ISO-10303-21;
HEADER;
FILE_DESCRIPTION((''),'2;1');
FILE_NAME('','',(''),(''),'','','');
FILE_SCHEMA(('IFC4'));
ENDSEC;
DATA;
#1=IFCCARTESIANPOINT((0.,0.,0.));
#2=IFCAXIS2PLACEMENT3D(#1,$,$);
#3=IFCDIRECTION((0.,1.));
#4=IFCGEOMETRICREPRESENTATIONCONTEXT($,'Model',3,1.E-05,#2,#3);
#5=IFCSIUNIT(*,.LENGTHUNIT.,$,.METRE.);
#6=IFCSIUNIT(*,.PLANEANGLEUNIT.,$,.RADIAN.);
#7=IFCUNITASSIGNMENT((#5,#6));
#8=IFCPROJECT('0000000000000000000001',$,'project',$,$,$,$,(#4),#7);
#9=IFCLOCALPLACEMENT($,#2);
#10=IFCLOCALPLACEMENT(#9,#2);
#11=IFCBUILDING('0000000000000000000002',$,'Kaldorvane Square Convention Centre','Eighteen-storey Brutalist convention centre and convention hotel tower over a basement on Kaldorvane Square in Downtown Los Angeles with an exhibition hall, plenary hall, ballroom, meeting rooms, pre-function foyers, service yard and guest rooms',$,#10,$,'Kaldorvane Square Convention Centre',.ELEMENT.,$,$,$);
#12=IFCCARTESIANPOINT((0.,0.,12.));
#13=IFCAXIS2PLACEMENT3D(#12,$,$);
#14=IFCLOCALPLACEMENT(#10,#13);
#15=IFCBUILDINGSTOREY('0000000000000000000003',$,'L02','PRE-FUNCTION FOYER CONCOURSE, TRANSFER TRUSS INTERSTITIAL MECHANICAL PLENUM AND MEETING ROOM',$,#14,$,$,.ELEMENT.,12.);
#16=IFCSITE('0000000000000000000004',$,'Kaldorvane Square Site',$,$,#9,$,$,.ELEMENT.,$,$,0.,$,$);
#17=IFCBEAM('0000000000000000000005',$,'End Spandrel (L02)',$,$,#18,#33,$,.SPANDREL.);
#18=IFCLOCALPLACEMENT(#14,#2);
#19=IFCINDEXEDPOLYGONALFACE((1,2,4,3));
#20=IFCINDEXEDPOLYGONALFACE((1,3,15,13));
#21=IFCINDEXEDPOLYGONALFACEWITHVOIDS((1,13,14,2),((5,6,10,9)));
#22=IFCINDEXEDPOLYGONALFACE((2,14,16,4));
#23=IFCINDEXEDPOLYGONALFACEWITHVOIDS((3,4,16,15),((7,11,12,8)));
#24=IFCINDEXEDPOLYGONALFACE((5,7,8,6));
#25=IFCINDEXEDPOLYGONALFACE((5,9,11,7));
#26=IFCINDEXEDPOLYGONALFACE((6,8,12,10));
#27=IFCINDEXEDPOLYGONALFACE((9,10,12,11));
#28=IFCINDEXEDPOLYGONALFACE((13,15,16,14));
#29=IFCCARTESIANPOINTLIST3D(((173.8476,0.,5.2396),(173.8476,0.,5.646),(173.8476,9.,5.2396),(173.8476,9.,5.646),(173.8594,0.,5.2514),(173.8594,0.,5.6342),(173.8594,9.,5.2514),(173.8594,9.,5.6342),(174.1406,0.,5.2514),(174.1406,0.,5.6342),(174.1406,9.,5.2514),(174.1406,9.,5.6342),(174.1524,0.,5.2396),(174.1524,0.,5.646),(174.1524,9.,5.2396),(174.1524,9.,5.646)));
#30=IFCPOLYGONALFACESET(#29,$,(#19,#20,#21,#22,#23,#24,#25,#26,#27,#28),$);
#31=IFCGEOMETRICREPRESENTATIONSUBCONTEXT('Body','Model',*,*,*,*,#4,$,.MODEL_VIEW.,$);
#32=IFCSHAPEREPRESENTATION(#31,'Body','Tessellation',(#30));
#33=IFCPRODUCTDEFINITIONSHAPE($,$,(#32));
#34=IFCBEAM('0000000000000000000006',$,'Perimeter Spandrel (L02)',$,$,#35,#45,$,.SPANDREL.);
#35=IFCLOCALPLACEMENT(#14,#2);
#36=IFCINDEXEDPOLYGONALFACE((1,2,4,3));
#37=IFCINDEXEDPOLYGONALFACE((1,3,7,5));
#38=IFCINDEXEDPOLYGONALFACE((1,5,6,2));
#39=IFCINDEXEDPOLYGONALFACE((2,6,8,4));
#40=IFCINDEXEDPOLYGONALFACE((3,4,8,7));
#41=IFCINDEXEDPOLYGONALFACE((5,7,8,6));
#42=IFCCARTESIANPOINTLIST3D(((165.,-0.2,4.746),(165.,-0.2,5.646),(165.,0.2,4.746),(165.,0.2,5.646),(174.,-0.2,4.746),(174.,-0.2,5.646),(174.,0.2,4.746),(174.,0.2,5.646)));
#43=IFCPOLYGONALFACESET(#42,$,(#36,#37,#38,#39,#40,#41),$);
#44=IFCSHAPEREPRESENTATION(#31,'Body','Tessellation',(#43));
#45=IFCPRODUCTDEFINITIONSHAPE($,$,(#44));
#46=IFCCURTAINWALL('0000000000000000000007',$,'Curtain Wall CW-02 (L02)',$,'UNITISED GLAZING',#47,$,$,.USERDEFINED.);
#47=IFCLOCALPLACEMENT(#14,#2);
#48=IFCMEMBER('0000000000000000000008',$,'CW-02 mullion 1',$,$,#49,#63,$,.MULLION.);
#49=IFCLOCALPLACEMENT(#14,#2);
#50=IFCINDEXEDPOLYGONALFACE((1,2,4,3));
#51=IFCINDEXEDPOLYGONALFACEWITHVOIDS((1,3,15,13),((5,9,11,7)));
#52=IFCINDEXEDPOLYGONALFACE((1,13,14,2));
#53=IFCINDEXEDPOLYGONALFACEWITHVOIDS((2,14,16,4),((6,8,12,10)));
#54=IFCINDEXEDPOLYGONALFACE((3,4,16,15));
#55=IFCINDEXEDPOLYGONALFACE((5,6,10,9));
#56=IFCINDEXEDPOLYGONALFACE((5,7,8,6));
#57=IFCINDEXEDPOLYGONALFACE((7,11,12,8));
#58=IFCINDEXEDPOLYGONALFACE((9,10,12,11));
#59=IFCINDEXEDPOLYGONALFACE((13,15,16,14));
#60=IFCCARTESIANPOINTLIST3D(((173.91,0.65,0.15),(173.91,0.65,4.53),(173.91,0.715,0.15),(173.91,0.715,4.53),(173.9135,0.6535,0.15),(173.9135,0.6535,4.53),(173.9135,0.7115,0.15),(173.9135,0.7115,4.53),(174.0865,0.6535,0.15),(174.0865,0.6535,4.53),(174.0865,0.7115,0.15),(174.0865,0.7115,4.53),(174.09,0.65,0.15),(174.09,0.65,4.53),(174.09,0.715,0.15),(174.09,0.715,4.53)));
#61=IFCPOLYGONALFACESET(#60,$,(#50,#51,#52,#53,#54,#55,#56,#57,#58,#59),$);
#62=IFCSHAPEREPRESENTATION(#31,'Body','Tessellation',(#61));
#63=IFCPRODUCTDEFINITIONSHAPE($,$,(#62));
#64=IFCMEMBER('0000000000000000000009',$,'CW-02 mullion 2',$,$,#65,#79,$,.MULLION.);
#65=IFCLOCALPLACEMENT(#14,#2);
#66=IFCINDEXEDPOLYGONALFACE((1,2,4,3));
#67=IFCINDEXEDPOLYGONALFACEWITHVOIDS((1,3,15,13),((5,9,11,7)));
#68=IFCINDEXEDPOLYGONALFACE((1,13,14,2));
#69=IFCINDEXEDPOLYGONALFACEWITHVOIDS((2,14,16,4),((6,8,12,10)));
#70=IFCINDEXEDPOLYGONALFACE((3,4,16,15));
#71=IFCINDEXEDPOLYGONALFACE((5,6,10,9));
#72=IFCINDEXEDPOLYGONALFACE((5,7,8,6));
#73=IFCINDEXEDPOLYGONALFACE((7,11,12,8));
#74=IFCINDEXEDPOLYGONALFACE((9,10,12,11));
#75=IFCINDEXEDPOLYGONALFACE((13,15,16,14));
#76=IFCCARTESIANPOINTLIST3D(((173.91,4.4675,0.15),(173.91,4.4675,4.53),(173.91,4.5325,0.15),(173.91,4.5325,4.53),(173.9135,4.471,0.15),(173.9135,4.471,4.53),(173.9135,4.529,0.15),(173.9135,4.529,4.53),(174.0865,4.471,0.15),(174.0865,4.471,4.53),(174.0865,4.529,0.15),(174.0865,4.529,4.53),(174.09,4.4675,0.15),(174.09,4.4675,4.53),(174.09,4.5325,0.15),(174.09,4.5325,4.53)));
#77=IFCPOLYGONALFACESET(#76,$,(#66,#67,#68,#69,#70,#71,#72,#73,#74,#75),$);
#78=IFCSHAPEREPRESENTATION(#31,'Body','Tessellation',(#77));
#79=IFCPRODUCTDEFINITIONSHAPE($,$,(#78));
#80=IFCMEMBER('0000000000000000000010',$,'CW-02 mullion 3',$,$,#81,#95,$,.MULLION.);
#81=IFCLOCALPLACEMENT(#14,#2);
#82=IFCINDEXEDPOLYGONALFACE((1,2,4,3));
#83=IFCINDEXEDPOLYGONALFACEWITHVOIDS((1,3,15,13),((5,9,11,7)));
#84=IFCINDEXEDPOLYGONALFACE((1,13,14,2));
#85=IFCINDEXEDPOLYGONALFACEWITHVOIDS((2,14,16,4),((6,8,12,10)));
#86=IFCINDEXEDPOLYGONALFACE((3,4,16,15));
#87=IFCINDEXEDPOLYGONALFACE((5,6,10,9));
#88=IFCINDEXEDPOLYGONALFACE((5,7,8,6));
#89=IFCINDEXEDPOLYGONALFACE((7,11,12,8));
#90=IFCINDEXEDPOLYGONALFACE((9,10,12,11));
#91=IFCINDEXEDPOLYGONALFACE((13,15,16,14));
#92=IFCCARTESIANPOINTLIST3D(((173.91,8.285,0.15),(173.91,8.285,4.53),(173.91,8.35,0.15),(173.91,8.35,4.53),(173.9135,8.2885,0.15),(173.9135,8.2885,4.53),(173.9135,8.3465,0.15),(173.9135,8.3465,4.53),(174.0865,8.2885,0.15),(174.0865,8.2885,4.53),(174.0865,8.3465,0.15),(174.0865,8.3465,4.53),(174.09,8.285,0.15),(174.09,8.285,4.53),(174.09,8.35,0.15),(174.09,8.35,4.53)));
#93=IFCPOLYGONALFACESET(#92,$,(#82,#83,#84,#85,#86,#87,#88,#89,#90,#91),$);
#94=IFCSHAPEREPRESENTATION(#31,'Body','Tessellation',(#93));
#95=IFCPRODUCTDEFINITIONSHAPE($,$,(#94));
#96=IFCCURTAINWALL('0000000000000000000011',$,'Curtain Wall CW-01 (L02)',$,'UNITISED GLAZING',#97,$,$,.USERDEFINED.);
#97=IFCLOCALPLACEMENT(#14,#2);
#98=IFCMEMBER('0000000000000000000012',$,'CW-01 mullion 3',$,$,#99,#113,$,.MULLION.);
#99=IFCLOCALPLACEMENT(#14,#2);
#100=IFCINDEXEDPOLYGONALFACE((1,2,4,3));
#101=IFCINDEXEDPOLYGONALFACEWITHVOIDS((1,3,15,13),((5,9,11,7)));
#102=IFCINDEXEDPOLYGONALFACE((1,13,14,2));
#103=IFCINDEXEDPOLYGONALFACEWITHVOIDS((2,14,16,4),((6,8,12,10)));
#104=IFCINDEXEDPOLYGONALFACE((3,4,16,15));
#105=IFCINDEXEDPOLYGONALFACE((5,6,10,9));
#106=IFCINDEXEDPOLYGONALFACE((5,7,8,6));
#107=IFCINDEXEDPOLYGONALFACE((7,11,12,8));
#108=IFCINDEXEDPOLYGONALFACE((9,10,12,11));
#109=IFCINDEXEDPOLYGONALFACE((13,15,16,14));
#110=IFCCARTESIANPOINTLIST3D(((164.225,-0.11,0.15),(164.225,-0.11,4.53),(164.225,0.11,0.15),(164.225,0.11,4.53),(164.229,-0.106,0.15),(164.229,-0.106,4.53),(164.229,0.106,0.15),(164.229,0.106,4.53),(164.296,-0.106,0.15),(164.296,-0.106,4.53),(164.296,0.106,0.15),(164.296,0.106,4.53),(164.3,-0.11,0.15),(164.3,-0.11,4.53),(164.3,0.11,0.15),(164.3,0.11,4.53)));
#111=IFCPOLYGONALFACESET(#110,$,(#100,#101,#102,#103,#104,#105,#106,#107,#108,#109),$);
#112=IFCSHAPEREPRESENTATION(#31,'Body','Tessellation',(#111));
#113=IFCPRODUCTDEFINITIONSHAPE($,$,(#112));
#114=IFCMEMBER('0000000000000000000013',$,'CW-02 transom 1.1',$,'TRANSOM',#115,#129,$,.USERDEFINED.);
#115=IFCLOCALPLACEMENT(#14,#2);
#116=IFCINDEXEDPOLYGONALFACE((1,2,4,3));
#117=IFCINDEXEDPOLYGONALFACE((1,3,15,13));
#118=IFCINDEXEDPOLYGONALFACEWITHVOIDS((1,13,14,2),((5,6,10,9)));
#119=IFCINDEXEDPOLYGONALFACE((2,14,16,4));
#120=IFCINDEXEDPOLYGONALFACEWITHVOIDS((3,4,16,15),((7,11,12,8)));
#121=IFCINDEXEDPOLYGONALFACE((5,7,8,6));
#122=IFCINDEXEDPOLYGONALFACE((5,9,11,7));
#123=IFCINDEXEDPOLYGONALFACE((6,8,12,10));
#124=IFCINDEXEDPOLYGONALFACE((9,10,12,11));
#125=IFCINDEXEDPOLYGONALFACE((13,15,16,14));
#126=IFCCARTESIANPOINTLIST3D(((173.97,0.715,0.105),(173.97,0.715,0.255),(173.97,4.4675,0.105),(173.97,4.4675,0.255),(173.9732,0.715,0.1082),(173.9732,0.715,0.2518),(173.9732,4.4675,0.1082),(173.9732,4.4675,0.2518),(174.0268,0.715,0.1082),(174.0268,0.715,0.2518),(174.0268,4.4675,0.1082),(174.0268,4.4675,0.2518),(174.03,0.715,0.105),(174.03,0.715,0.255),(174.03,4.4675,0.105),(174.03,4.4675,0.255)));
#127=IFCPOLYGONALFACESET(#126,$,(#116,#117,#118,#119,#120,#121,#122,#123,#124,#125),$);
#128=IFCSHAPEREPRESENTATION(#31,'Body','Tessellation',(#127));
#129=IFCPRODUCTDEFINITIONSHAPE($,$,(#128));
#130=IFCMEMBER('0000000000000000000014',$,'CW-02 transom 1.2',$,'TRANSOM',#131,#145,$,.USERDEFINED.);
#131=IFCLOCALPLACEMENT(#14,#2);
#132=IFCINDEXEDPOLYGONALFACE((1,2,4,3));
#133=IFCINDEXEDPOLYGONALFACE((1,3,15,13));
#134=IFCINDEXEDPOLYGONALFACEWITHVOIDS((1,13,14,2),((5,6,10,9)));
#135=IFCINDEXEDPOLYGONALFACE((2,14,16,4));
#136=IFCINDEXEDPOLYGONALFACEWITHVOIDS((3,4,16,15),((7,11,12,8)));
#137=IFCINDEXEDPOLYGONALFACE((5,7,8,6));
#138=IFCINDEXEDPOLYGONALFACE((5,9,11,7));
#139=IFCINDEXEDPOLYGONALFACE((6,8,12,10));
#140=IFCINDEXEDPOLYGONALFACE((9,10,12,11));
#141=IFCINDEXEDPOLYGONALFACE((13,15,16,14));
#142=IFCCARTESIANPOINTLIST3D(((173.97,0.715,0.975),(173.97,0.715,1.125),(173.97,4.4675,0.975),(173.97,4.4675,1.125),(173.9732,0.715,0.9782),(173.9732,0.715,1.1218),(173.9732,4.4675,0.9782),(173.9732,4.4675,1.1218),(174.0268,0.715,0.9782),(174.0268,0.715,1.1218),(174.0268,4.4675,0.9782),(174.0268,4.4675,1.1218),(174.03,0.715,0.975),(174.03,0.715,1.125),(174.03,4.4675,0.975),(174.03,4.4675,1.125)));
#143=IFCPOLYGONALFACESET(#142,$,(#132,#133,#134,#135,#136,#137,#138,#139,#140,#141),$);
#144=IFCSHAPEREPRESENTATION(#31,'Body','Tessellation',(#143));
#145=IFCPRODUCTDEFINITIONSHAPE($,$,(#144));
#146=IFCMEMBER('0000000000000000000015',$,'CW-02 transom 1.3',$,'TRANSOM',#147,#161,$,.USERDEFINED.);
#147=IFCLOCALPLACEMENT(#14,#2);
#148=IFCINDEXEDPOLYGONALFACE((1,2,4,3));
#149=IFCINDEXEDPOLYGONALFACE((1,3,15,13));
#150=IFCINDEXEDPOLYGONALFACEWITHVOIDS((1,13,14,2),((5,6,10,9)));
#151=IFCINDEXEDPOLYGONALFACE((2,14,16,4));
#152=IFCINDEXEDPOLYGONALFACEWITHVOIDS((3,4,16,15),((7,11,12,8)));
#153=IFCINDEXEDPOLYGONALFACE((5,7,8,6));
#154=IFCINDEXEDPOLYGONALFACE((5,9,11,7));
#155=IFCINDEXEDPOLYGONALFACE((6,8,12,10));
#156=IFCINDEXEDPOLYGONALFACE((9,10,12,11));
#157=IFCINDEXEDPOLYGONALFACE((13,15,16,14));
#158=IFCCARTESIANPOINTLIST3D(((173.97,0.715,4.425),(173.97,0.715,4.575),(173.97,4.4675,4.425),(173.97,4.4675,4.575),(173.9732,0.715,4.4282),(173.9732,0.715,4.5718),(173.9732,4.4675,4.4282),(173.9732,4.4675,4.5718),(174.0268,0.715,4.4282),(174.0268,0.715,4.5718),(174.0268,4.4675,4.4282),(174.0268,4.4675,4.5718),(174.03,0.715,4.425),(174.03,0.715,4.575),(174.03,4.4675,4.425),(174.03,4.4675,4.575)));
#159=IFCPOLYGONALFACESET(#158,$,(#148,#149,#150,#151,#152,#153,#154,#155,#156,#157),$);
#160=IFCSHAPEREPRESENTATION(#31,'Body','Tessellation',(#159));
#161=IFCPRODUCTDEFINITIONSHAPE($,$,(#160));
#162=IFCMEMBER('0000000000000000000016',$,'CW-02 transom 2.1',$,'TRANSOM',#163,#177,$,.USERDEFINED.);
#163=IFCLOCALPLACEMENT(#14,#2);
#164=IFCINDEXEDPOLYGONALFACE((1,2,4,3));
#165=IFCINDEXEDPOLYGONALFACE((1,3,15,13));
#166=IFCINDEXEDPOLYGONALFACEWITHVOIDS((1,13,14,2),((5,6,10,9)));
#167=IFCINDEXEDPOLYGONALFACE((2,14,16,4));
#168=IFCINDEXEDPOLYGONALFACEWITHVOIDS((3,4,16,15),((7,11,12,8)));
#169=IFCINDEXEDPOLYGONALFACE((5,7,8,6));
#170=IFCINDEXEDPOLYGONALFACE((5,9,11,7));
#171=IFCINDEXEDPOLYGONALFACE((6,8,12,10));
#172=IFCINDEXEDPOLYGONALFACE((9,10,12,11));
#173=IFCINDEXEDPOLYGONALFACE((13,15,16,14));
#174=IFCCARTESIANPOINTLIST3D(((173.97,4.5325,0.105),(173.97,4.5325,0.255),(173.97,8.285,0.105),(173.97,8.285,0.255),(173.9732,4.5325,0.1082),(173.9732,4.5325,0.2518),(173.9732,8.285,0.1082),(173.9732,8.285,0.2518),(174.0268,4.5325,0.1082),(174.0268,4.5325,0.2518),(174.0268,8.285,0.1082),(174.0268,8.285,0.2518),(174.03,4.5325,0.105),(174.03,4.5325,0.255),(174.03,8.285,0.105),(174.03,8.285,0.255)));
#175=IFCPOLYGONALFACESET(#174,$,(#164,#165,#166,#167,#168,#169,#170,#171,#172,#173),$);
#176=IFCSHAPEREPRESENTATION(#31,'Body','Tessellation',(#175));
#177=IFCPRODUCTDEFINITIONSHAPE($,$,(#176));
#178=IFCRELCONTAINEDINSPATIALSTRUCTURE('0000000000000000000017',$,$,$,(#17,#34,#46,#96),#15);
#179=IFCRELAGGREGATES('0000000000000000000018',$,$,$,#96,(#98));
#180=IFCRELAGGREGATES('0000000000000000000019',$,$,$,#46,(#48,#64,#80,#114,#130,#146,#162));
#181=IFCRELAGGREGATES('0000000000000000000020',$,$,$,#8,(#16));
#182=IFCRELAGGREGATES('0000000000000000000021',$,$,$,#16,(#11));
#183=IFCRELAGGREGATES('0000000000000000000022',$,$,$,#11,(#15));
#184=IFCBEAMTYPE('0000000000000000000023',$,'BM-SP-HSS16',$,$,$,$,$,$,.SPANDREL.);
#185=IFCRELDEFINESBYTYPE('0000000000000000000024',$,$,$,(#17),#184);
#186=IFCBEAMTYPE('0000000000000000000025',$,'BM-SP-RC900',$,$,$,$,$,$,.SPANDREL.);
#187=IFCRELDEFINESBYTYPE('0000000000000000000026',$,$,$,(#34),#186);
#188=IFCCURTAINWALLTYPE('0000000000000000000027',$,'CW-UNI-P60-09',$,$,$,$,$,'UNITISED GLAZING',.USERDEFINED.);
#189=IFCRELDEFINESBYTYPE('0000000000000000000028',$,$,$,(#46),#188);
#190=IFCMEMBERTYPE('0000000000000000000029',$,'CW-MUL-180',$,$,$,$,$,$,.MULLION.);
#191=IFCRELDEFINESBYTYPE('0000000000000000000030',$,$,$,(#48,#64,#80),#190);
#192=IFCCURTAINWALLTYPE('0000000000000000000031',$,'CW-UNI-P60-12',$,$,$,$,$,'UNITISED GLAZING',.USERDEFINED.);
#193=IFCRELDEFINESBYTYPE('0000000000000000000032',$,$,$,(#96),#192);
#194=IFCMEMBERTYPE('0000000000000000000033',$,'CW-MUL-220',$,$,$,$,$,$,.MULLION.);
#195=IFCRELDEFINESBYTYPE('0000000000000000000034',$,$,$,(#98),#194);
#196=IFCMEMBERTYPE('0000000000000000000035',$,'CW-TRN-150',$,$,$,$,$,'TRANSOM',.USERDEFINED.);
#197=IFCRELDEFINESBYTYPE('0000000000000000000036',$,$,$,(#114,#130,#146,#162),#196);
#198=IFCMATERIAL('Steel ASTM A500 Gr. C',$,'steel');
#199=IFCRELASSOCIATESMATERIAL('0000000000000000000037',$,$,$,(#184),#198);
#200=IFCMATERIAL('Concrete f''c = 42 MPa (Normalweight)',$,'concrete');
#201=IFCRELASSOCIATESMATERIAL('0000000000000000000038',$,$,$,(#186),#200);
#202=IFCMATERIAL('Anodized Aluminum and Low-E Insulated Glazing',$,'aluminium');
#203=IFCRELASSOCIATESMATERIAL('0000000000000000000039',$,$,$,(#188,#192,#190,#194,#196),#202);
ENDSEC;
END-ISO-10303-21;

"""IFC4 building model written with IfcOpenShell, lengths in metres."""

from ifc_helpers import new_model, si_unit, direction, frame, origin, origin_2d, place, context, subcontext, project, spatial, rectangle, hollow_rectangle, extrude, material, material_profile, profile_set, type_object, element, aggregate, save


model = new_model("IFC4")

# Units and contexts
model_context = context("Model", 3, precision=1e-05, world=origin(), true_north=direction((0.0, 1.0)))
body_context = subcontext(model_context, "Body", "Model", "MODEL_VIEW")
ifc_project = project(units=[si_unit("LENGTHUNIT", "METRE"), si_unit("PLANEANGLEUNIT", "RADIAN")], contexts=[model_context])

# Site, building, storey
site_placement = place(None, origin())
site = spatial("IfcSite", under=ifc_project, at=site_placement, Name="Kaldorvane Square Site", CompositionType="ELEMENT", RefElevation=0.0)
building_placement = place(site_placement, origin())
building = spatial("IfcBuilding", under=site, at=building_placement, Name="Kaldorvane Square Convention Centre", Description="Eighteen-storey Brutalist convention centre and convention hotel tower over a basement on Kaldorvane Square in Downtown Los Angeles with an exhibition hall, plenary hall, ballroom, meeting rooms, pre-function foyers, service yard and guest rooms", LongName="Kaldorvane Square Convention Centre", CompositionType="ELEMENT")
storey_placement = place(building_placement, frame((0.0, 0.0, 12.0)))
storey = spatial("IfcBuildingStorey", under=building, at=storey_placement, Name="L02", Description="PRE-FUNCTION FOYER CONCOURSE, TRANSFER TRUSS INTERSTITIAL MECHANICAL PLENUM AND MEETING ROOM", CompositionType="ELEMENT", Elevation=12.0)

# Beams
ifc_material_1 = material(Name="Steel ASTM A500 Gr. C", Category="steel")
ifc_material_profile_1 = material_profile(ifc_material_1, hollow_rectangle(XDim=0.3048, YDim=0.4064, WallThickness=0.0118, at=origin_2d()), Name="HSS16X12X1/2")
ifc_profile_set_1 = profile_set([ifc_material_profile_1], Name="Steel ASTM A500 Gr. C")
beam_type_1 = type_object("IfcBeamType", Name="BM-SP-HSS16", PredefinedType="SPANDREL", material=ifc_profile_set_1)
beam_1_placement = place(storey_placement, frame((174.0, 0.0, 5.4428), z_axis=(0.0, 1.0, 0.0), x_axis=(-1.0, 0.0, 0.0)))
element("IfcBeam", 1, at=beam_1_placement, inside=storey, type_object=beam_type_1, Name="End Spandrel (L02)", PredefinedType="SPANDREL", context=body_context, shape_type="SweptSolid", body=[
    extrude(hollow_rectangle(XDim=0.3048, YDim=0.4064, WallThickness=0.0118, at=origin_2d()), origin(), (0.0, 0.0, 1.0), 9.0),
])
ifc_material_2 = material(Name="Concrete f'c = 42 MPa (Normalweight)", Category="concrete")
ifc_material_profile_2 = material_profile(ifc_material_2, rectangle(XDim=0.4, YDim=0.9, at=origin_2d()), Name="RCSP900X400")
ifc_profile_set_2 = profile_set([ifc_material_profile_2], Name="Concrete f'c = 42 MPa (Normalweight)")
beam_type_2 = type_object("IfcBeamType", Name="BM-SP-RC900", PredefinedType="SPANDREL", material=ifc_profile_set_2)
beam_2_placement = place(storey_placement, frame((165.0, 0.0, 5.196), z_axis=(1.0, 0.0, 0.0), x_axis=(0.0, 1.0, 0.0)))
element("IfcBeam", 2, at=beam_2_placement, inside=storey, type_object=beam_type_2, Name="Perimeter Spandrel (L02)", PredefinedType="SPANDREL", context=body_context, shape_type="SweptSolid", body=[
    extrude(rectangle(XDim=0.4, YDim=0.9, at=origin_2d()), origin(), (0.0, 0.0, 1.0), 9.0),
])

# Curtain wall, members
ifc_material_3 = material(Name="Anodized Aluminum and Low-E Insulated Glazing", Category="aluminium")
curtain_wall_type_1 = type_object("IfcCurtainWallType", Name="CW-UNI-P60-09", ElementType="UNITISED GLAZING", PredefinedType="USERDEFINED", material=ifc_material_3)
curtain_wall_1_placement = place(storey_placement, origin())
curtain_wall_1 = element("IfcCurtainWall", 3, at=curtain_wall_1_placement, inside=storey, type_object=curtain_wall_type_1, Name="Curtain Wall CW-02 (L02)", ObjectType="UNITISED GLAZING", PredefinedType="USERDEFINED")
ifc_material_profile_3 = material_profile(ifc_material_3, hollow_rectangle(XDim=0.065, YDim=0.18, WallThickness=0.0035, at=origin_2d()), Name="CWM-180X65")
ifc_profile_set_3 = profile_set([ifc_material_profile_3], Name="Anodized Aluminum and Low-E Insulated Glazing")
member_type_1 = type_object("IfcMemberType", Name="CW-MUL-180", PredefinedType="MULLION", material=ifc_profile_set_3)
member_1_placement = place(storey_placement, frame((174.0, 0.6825, 0.15), z_axis=(0.0, 0.0, 1.0), x_axis=(0.0, 1.0, 0.0)))
member_1 = element("IfcMember", 4, at=member_1_placement, type_object=member_type_1, Name="CW-02 mullion 1", PredefinedType="MULLION", context=body_context, shape_type="SweptSolid", body=[
    extrude(hollow_rectangle(XDim=0.065, YDim=0.18, WallThickness=0.0035, at=origin_2d()), origin(), (0.0, 0.0, 1.0), 4.38),
])
member_2_placement = place(storey_placement, frame((174.0, 4.5, 0.15), z_axis=(0.0, 0.0, 1.0), x_axis=(0.0, 1.0, 0.0)))
member_2 = element("IfcMember", 5, at=member_2_placement, type_object=member_type_1, Name="CW-02 mullion 2", PredefinedType="MULLION", context=body_context, shape_type="SweptSolid", body=[
    extrude(hollow_rectangle(XDim=0.065, YDim=0.18, WallThickness=0.0035, at=origin_2d()), origin(), (0.0, 0.0, 1.0), 4.38),
])
member_3_placement = place(storey_placement, frame((174.0, 8.3175, 0.15), z_axis=(0.0, 0.0, 1.0), x_axis=(0.0, 1.0, 0.0)))
member_3 = element("IfcMember", 6, at=member_3_placement, type_object=member_type_1, Name="CW-02 mullion 3", PredefinedType="MULLION", context=body_context, shape_type="SweptSolid", body=[
    extrude(hollow_rectangle(XDim=0.065, YDim=0.18, WallThickness=0.0035, at=origin_2d()), origin(), (0.0, 0.0, 1.0), 4.38),
])

# Curtain wall, member
curtain_wall_type_2 = type_object("IfcCurtainWallType", Name="CW-UNI-P60-12", ElementType="UNITISED GLAZING", PredefinedType="USERDEFINED", material=ifc_material_3)
curtain_wall_2_placement = place(storey_placement, origin())
curtain_wall_2 = element("IfcCurtainWall", 7, at=curtain_wall_2_placement, inside=storey, type_object=curtain_wall_type_2, Name="Curtain Wall CW-01 (L02)", ObjectType="UNITISED GLAZING", PredefinedType="USERDEFINED")
ifc_material_profile_4 = material_profile(ifc_material_3, hollow_rectangle(XDim=0.075, YDim=0.22, WallThickness=0.004, at=origin_2d()), Name="CWM-220X75")
ifc_profile_set_4 = profile_set([ifc_material_profile_4], Name="Anodized Aluminum and Low-E Insulated Glazing")
member_type_2 = type_object("IfcMemberType", Name="CW-MUL-220", PredefinedType="MULLION", material=ifc_profile_set_4)
member_4_placement = place(storey_placement, frame((164.2625, 0.0, 0.15), z_axis=(0.0, 0.0, 1.0), x_axis=(1.0, 0.0, 0.0)))
member_4 = element("IfcMember", 8, at=member_4_placement, type_object=member_type_2, Name="CW-01 mullion 3", PredefinedType="MULLION", context=body_context, shape_type="SweptSolid", body=[
    extrude(hollow_rectangle(XDim=0.075, YDim=0.22, WallThickness=0.004, at=origin_2d()), origin(), (0.0, 0.0, 1.0), 4.38),
])

# Members
ifc_material_profile_5 = material_profile(ifc_material_3, hollow_rectangle(XDim=0.06, YDim=0.15, WallThickness=0.0032, at=origin_2d()), Name="CWT-150X60")
ifc_profile_set_5 = profile_set([ifc_material_profile_5], Name="Anodized Aluminum and Low-E Insulated Glazing")
member_type_3 = type_object("IfcMemberType", Name="CW-TRN-150", ElementType="TRANSOM", PredefinedType="USERDEFINED", material=ifc_profile_set_5)
member_5_placement = place(storey_placement, frame((174.0, 0.715, 0.18), z_axis=(0.0, 1.0, 0.0), x_axis=(-1.0, 0.0, 0.0)))
member_5 = element("IfcMember", 9, at=member_5_placement, type_object=member_type_3, Name="CW-02 transom 1.1", ObjectType="TRANSOM", PredefinedType="USERDEFINED", context=body_context, shape_type="SweptSolid", body=[
    extrude(hollow_rectangle(XDim=0.06, YDim=0.15, WallThickness=0.0032, at=origin_2d()), origin(), (0.0, 0.0, 1.0), 3.7525),
])
member_6_placement = place(storey_placement, frame((174.0, 0.715, 1.05), z_axis=(0.0, 1.0, 0.0), x_axis=(-1.0, 0.0, 0.0)))
member_6 = element("IfcMember", 10, at=member_6_placement, type_object=member_type_3, Name="CW-02 transom 1.2", ObjectType="TRANSOM", PredefinedType="USERDEFINED", context=body_context, shape_type="SweptSolid", body=[
    extrude(hollow_rectangle(XDim=0.06, YDim=0.15, WallThickness=0.0032, at=origin_2d()), origin(), (0.0, 0.0, 1.0), 3.7525),
])
member_7_placement = place(storey_placement, frame((174.0, 0.715, 4.5), z_axis=(0.0, 1.0, 0.0), x_axis=(-1.0, 0.0, 0.0)))
member_7 = element("IfcMember", 11, at=member_7_placement, type_object=member_type_3, Name="CW-02 transom 1.3", ObjectType="TRANSOM", PredefinedType="USERDEFINED", context=body_context, shape_type="SweptSolid", body=[
    extrude(hollow_rectangle(XDim=0.06, YDim=0.15, WallThickness=0.0032, at=origin_2d()), origin(), (0.0, 0.0, 1.0), 3.7525),
])
member_8_placement = place(storey_placement, frame((174.0, 4.5325, 0.18), z_axis=(0.0, 1.0, 0.0), x_axis=(-1.0, 0.0, 0.0)))
member_8 = element("IfcMember", 12, at=member_8_placement, type_object=member_type_3, Name="CW-02 transom 2.1", ObjectType="TRANSOM", PredefinedType="USERDEFINED", context=body_context, shape_type="SweptSolid", body=[
    extrude(hollow_rectangle(XDim=0.06, YDim=0.15, WallThickness=0.0032, at=origin_2d()), origin(), (0.0, 0.0, 1.0), 3.7525),
])

aggregate(curtain_wall_2, [member_4])
aggregate(curtain_wall_1, [member_1, member_2, member_3, member_5, member_6, member_7, member_8])

save(model, "model.ifc")
